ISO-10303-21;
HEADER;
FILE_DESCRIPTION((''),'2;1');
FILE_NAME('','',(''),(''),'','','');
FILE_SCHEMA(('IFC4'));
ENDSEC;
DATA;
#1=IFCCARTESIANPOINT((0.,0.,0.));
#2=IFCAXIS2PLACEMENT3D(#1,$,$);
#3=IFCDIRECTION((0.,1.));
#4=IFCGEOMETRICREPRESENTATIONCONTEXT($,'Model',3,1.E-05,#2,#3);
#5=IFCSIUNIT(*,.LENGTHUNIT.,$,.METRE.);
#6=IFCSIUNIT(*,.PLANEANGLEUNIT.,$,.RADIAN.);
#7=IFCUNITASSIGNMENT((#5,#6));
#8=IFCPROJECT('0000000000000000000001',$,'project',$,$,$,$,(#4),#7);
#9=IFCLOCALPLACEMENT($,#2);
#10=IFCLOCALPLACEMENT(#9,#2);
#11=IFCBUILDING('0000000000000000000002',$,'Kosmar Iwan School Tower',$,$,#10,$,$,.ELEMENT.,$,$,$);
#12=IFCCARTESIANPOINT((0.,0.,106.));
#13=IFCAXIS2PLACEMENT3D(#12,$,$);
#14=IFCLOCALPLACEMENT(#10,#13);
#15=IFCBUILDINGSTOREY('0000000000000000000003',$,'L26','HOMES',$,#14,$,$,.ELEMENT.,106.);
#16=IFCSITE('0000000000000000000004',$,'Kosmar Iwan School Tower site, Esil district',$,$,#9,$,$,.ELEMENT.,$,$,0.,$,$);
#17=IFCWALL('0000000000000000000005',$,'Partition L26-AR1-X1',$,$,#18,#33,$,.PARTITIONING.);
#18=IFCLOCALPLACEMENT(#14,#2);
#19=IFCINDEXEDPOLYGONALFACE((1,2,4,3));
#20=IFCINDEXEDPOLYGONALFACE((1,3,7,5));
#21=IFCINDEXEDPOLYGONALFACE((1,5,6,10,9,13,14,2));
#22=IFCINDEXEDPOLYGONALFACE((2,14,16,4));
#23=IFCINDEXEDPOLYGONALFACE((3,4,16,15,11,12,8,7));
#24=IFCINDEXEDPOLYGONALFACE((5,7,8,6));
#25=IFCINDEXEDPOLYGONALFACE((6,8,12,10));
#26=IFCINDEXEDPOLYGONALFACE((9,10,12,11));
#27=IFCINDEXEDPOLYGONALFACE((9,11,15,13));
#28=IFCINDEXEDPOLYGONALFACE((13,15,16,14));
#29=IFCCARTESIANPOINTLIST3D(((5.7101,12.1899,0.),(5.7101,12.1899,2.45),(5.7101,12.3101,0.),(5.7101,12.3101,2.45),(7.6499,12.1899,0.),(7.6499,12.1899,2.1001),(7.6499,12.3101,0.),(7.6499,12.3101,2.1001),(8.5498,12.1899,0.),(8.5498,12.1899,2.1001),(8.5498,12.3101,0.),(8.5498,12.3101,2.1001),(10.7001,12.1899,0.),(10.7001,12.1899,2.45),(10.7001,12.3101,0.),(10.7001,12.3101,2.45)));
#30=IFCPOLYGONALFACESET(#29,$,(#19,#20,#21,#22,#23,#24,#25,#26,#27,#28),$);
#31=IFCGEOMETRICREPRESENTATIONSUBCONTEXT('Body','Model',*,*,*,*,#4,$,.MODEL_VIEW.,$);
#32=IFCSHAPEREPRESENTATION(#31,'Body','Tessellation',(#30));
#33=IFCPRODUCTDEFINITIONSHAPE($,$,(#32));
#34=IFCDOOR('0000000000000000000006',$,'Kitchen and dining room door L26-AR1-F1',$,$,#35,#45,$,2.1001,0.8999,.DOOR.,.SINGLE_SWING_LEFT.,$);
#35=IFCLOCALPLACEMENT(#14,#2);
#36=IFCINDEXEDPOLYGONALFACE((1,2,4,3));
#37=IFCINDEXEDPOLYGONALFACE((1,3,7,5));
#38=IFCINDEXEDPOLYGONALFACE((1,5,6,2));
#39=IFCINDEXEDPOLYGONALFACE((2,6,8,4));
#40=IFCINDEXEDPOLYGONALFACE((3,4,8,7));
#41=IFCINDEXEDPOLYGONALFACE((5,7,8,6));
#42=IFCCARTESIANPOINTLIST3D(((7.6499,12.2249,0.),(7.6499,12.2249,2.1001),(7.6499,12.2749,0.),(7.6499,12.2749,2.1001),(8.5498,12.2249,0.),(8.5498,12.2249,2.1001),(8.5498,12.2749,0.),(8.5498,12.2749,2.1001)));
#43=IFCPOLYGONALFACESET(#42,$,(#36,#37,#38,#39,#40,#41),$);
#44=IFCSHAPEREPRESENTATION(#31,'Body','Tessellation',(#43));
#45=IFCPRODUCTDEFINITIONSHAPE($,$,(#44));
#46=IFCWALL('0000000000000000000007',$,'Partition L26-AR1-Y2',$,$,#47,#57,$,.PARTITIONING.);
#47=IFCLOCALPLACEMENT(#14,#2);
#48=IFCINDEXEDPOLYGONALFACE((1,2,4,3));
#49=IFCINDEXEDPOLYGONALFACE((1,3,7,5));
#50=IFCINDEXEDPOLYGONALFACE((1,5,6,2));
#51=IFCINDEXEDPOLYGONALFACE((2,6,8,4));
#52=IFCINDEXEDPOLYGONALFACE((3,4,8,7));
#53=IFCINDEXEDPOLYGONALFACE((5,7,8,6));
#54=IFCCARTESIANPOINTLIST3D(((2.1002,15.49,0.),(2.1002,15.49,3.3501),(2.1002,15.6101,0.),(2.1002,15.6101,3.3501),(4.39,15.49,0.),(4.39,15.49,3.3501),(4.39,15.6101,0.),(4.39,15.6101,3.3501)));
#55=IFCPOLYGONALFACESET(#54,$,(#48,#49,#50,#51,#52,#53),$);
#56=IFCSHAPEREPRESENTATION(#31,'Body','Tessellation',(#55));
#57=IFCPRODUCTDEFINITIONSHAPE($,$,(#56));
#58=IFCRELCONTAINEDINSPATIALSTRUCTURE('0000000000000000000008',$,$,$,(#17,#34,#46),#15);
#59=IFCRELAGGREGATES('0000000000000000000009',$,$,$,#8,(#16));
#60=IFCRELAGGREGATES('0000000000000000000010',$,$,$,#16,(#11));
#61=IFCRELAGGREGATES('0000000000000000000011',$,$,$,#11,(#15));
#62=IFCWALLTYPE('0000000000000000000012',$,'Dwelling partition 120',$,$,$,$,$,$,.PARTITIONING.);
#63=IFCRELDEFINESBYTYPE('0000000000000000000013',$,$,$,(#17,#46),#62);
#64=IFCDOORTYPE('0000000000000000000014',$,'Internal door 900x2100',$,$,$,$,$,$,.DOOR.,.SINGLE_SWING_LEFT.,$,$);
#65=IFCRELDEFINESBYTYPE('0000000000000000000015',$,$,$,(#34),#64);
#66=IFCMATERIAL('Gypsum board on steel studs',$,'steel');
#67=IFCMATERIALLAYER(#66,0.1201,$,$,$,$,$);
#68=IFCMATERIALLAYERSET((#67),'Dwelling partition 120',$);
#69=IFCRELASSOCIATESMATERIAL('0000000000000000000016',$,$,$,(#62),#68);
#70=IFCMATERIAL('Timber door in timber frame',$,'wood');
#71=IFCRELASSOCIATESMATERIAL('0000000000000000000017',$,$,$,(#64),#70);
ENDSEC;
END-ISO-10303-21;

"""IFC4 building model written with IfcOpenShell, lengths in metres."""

from ifc_helpers import new_model, si_unit, direction, frame, frame_2d, origin, place, context, subcontext, project, spatial, rectangle, extrude, material, layer, layer_set, type_object, element, fill, save


model = new_model("IFC4")

# Units and contexts
model_context = context("Model", 3, precision=1e-05, world=origin(), true_north=direction((0.0, 1.0)))
body_context = subcontext(model_context, "Body", "Model", "MODEL_VIEW")
ifc_project = project(units=[si_unit("LENGTHUNIT", "METRE"), si_unit("PLANEANGLEUNIT", "RADIAN")], contexts=[model_context])

# Site, building, storey
site_placement = place(None, origin())
site = spatial("IfcSite", under=ifc_project, at=site_placement, Name="Kosmar Iwan School Tower site, Esil district", CompositionType="ELEMENT", RefElevation=0.0)
building_placement = place(site_placement, origin())
building = spatial("IfcBuilding", under=site, at=building_placement, Name="Kosmar Iwan School Tower", CompositionType="ELEMENT")
storey_placement = place(building_placement, frame((0.0, 0.0, 106.0)))
storey = spatial("IfcBuildingStorey", under=building, at=storey_placement, Name="L26", Description="HOMES", CompositionType="ELEMENT", Elevation=106.0)

# Wall, opening, door
ifc_material_1 = material(Name="Gypsum board on steel studs", Category="steel")
ifc_layer_1 = layer(ifc_material_1, 0.1201)
ifc_layer_set_1 = layer_set([ifc_layer_1], Name="Dwelling partition 120")
wall_type_1 = type_object("IfcWallType", Name="Dwelling partition 120", PredefinedType="PARTITIONING", material=ifc_layer_set_1)
wall_1_placement = place(storey_placement, frame((5.71, 12.25, 0.0), z_axis=(0.0, 0.0, 1.0), x_axis=(1.0, 0.0, 0.0)))
wall_1 = element("IfcWall", 1, at=wall_1_placement, inside=storey, type_object=wall_type_1, Name="Partition L26-AR1-X1", PredefinedType="PARTITIONING", context=body_context, shape_type="SweptSolid", body=[
    extrude(rectangle(XDim=4.99, YDim=0.1201, at=frame_2d((2.4951, 0.0))), origin(), (0.0, 0.0, 1.0), 2.45),
])
opening_1_placement = place(wall_1_placement, frame((1.9399, 0.0, 0.0)))
opening_1 = element("IfcOpeningElement", 2, at=opening_1_placement, cuts=wall_1, PredefinedType="OPENING", context=body_context, shape_type="SweptSolid", body=[
    extrude(rectangle(XDim=0.8999, YDim=2.1001, at=frame_2d((0.45, 1.05))), frame((0.0, 0.072, 0.0), z_axis=(0.0, -1.0, 0.0), x_axis=(1.0, 0.0, 0.0)), (0.0, 0.0, 1.0), 0.144),
])
ifc_material_2 = material(Name="Timber door in timber frame", Category="wood")
door_type_1 = type_object("IfcDoorType", Name="Internal door 900x2100", OperationType="SINGLE_SWING_LEFT", PredefinedType="DOOR", material=ifc_material_2)
door_1_placement = place(opening_1_placement, origin())
door_1 = element("IfcDoor", 3, at=door_1_placement, inside=storey, type_object=door_type_1, Name="Kitchen and dining room door L26-AR1-F1", OperationType="SINGLE_SWING_LEFT", OverallHeight=2.1001, OverallWidth=0.8999, PredefinedType="DOOR", context=body_context, shape_type="SweptSolid", body=[
    extrude(rectangle(XDim=0.8999, YDim=2.1001, at=frame_2d((0.45, 1.05))), frame((0.0, 0.0249, 0.0), z_axis=(0.0, -1.0, 0.0), x_axis=(1.0, 0.0, 0.0)), (0.0, 0.0, 1.0), 0.05),
])
fill(opening_1, door_1)

# Wall
wall_2_placement = place(storey_placement, frame((2.1001, 15.55, 0.0), z_axis=(0.0, 0.0, 1.0), x_axis=(1.0, 0.0, 0.0)))
element("IfcWall", 4, at=wall_2_placement, inside=storey, type_object=wall_type_1, Name="Partition L26-AR1-Y2", PredefinedType="PARTITIONING", context=body_context, shape_type="SweptSolid", body=[
    extrude(rectangle(XDim=2.2898, YDim=0.1201, at=frame_2d((1.145, 0.0))), origin(), (0.0, 0.0, 1.0), 3.3501),
])

save(model, "model.ifc")
